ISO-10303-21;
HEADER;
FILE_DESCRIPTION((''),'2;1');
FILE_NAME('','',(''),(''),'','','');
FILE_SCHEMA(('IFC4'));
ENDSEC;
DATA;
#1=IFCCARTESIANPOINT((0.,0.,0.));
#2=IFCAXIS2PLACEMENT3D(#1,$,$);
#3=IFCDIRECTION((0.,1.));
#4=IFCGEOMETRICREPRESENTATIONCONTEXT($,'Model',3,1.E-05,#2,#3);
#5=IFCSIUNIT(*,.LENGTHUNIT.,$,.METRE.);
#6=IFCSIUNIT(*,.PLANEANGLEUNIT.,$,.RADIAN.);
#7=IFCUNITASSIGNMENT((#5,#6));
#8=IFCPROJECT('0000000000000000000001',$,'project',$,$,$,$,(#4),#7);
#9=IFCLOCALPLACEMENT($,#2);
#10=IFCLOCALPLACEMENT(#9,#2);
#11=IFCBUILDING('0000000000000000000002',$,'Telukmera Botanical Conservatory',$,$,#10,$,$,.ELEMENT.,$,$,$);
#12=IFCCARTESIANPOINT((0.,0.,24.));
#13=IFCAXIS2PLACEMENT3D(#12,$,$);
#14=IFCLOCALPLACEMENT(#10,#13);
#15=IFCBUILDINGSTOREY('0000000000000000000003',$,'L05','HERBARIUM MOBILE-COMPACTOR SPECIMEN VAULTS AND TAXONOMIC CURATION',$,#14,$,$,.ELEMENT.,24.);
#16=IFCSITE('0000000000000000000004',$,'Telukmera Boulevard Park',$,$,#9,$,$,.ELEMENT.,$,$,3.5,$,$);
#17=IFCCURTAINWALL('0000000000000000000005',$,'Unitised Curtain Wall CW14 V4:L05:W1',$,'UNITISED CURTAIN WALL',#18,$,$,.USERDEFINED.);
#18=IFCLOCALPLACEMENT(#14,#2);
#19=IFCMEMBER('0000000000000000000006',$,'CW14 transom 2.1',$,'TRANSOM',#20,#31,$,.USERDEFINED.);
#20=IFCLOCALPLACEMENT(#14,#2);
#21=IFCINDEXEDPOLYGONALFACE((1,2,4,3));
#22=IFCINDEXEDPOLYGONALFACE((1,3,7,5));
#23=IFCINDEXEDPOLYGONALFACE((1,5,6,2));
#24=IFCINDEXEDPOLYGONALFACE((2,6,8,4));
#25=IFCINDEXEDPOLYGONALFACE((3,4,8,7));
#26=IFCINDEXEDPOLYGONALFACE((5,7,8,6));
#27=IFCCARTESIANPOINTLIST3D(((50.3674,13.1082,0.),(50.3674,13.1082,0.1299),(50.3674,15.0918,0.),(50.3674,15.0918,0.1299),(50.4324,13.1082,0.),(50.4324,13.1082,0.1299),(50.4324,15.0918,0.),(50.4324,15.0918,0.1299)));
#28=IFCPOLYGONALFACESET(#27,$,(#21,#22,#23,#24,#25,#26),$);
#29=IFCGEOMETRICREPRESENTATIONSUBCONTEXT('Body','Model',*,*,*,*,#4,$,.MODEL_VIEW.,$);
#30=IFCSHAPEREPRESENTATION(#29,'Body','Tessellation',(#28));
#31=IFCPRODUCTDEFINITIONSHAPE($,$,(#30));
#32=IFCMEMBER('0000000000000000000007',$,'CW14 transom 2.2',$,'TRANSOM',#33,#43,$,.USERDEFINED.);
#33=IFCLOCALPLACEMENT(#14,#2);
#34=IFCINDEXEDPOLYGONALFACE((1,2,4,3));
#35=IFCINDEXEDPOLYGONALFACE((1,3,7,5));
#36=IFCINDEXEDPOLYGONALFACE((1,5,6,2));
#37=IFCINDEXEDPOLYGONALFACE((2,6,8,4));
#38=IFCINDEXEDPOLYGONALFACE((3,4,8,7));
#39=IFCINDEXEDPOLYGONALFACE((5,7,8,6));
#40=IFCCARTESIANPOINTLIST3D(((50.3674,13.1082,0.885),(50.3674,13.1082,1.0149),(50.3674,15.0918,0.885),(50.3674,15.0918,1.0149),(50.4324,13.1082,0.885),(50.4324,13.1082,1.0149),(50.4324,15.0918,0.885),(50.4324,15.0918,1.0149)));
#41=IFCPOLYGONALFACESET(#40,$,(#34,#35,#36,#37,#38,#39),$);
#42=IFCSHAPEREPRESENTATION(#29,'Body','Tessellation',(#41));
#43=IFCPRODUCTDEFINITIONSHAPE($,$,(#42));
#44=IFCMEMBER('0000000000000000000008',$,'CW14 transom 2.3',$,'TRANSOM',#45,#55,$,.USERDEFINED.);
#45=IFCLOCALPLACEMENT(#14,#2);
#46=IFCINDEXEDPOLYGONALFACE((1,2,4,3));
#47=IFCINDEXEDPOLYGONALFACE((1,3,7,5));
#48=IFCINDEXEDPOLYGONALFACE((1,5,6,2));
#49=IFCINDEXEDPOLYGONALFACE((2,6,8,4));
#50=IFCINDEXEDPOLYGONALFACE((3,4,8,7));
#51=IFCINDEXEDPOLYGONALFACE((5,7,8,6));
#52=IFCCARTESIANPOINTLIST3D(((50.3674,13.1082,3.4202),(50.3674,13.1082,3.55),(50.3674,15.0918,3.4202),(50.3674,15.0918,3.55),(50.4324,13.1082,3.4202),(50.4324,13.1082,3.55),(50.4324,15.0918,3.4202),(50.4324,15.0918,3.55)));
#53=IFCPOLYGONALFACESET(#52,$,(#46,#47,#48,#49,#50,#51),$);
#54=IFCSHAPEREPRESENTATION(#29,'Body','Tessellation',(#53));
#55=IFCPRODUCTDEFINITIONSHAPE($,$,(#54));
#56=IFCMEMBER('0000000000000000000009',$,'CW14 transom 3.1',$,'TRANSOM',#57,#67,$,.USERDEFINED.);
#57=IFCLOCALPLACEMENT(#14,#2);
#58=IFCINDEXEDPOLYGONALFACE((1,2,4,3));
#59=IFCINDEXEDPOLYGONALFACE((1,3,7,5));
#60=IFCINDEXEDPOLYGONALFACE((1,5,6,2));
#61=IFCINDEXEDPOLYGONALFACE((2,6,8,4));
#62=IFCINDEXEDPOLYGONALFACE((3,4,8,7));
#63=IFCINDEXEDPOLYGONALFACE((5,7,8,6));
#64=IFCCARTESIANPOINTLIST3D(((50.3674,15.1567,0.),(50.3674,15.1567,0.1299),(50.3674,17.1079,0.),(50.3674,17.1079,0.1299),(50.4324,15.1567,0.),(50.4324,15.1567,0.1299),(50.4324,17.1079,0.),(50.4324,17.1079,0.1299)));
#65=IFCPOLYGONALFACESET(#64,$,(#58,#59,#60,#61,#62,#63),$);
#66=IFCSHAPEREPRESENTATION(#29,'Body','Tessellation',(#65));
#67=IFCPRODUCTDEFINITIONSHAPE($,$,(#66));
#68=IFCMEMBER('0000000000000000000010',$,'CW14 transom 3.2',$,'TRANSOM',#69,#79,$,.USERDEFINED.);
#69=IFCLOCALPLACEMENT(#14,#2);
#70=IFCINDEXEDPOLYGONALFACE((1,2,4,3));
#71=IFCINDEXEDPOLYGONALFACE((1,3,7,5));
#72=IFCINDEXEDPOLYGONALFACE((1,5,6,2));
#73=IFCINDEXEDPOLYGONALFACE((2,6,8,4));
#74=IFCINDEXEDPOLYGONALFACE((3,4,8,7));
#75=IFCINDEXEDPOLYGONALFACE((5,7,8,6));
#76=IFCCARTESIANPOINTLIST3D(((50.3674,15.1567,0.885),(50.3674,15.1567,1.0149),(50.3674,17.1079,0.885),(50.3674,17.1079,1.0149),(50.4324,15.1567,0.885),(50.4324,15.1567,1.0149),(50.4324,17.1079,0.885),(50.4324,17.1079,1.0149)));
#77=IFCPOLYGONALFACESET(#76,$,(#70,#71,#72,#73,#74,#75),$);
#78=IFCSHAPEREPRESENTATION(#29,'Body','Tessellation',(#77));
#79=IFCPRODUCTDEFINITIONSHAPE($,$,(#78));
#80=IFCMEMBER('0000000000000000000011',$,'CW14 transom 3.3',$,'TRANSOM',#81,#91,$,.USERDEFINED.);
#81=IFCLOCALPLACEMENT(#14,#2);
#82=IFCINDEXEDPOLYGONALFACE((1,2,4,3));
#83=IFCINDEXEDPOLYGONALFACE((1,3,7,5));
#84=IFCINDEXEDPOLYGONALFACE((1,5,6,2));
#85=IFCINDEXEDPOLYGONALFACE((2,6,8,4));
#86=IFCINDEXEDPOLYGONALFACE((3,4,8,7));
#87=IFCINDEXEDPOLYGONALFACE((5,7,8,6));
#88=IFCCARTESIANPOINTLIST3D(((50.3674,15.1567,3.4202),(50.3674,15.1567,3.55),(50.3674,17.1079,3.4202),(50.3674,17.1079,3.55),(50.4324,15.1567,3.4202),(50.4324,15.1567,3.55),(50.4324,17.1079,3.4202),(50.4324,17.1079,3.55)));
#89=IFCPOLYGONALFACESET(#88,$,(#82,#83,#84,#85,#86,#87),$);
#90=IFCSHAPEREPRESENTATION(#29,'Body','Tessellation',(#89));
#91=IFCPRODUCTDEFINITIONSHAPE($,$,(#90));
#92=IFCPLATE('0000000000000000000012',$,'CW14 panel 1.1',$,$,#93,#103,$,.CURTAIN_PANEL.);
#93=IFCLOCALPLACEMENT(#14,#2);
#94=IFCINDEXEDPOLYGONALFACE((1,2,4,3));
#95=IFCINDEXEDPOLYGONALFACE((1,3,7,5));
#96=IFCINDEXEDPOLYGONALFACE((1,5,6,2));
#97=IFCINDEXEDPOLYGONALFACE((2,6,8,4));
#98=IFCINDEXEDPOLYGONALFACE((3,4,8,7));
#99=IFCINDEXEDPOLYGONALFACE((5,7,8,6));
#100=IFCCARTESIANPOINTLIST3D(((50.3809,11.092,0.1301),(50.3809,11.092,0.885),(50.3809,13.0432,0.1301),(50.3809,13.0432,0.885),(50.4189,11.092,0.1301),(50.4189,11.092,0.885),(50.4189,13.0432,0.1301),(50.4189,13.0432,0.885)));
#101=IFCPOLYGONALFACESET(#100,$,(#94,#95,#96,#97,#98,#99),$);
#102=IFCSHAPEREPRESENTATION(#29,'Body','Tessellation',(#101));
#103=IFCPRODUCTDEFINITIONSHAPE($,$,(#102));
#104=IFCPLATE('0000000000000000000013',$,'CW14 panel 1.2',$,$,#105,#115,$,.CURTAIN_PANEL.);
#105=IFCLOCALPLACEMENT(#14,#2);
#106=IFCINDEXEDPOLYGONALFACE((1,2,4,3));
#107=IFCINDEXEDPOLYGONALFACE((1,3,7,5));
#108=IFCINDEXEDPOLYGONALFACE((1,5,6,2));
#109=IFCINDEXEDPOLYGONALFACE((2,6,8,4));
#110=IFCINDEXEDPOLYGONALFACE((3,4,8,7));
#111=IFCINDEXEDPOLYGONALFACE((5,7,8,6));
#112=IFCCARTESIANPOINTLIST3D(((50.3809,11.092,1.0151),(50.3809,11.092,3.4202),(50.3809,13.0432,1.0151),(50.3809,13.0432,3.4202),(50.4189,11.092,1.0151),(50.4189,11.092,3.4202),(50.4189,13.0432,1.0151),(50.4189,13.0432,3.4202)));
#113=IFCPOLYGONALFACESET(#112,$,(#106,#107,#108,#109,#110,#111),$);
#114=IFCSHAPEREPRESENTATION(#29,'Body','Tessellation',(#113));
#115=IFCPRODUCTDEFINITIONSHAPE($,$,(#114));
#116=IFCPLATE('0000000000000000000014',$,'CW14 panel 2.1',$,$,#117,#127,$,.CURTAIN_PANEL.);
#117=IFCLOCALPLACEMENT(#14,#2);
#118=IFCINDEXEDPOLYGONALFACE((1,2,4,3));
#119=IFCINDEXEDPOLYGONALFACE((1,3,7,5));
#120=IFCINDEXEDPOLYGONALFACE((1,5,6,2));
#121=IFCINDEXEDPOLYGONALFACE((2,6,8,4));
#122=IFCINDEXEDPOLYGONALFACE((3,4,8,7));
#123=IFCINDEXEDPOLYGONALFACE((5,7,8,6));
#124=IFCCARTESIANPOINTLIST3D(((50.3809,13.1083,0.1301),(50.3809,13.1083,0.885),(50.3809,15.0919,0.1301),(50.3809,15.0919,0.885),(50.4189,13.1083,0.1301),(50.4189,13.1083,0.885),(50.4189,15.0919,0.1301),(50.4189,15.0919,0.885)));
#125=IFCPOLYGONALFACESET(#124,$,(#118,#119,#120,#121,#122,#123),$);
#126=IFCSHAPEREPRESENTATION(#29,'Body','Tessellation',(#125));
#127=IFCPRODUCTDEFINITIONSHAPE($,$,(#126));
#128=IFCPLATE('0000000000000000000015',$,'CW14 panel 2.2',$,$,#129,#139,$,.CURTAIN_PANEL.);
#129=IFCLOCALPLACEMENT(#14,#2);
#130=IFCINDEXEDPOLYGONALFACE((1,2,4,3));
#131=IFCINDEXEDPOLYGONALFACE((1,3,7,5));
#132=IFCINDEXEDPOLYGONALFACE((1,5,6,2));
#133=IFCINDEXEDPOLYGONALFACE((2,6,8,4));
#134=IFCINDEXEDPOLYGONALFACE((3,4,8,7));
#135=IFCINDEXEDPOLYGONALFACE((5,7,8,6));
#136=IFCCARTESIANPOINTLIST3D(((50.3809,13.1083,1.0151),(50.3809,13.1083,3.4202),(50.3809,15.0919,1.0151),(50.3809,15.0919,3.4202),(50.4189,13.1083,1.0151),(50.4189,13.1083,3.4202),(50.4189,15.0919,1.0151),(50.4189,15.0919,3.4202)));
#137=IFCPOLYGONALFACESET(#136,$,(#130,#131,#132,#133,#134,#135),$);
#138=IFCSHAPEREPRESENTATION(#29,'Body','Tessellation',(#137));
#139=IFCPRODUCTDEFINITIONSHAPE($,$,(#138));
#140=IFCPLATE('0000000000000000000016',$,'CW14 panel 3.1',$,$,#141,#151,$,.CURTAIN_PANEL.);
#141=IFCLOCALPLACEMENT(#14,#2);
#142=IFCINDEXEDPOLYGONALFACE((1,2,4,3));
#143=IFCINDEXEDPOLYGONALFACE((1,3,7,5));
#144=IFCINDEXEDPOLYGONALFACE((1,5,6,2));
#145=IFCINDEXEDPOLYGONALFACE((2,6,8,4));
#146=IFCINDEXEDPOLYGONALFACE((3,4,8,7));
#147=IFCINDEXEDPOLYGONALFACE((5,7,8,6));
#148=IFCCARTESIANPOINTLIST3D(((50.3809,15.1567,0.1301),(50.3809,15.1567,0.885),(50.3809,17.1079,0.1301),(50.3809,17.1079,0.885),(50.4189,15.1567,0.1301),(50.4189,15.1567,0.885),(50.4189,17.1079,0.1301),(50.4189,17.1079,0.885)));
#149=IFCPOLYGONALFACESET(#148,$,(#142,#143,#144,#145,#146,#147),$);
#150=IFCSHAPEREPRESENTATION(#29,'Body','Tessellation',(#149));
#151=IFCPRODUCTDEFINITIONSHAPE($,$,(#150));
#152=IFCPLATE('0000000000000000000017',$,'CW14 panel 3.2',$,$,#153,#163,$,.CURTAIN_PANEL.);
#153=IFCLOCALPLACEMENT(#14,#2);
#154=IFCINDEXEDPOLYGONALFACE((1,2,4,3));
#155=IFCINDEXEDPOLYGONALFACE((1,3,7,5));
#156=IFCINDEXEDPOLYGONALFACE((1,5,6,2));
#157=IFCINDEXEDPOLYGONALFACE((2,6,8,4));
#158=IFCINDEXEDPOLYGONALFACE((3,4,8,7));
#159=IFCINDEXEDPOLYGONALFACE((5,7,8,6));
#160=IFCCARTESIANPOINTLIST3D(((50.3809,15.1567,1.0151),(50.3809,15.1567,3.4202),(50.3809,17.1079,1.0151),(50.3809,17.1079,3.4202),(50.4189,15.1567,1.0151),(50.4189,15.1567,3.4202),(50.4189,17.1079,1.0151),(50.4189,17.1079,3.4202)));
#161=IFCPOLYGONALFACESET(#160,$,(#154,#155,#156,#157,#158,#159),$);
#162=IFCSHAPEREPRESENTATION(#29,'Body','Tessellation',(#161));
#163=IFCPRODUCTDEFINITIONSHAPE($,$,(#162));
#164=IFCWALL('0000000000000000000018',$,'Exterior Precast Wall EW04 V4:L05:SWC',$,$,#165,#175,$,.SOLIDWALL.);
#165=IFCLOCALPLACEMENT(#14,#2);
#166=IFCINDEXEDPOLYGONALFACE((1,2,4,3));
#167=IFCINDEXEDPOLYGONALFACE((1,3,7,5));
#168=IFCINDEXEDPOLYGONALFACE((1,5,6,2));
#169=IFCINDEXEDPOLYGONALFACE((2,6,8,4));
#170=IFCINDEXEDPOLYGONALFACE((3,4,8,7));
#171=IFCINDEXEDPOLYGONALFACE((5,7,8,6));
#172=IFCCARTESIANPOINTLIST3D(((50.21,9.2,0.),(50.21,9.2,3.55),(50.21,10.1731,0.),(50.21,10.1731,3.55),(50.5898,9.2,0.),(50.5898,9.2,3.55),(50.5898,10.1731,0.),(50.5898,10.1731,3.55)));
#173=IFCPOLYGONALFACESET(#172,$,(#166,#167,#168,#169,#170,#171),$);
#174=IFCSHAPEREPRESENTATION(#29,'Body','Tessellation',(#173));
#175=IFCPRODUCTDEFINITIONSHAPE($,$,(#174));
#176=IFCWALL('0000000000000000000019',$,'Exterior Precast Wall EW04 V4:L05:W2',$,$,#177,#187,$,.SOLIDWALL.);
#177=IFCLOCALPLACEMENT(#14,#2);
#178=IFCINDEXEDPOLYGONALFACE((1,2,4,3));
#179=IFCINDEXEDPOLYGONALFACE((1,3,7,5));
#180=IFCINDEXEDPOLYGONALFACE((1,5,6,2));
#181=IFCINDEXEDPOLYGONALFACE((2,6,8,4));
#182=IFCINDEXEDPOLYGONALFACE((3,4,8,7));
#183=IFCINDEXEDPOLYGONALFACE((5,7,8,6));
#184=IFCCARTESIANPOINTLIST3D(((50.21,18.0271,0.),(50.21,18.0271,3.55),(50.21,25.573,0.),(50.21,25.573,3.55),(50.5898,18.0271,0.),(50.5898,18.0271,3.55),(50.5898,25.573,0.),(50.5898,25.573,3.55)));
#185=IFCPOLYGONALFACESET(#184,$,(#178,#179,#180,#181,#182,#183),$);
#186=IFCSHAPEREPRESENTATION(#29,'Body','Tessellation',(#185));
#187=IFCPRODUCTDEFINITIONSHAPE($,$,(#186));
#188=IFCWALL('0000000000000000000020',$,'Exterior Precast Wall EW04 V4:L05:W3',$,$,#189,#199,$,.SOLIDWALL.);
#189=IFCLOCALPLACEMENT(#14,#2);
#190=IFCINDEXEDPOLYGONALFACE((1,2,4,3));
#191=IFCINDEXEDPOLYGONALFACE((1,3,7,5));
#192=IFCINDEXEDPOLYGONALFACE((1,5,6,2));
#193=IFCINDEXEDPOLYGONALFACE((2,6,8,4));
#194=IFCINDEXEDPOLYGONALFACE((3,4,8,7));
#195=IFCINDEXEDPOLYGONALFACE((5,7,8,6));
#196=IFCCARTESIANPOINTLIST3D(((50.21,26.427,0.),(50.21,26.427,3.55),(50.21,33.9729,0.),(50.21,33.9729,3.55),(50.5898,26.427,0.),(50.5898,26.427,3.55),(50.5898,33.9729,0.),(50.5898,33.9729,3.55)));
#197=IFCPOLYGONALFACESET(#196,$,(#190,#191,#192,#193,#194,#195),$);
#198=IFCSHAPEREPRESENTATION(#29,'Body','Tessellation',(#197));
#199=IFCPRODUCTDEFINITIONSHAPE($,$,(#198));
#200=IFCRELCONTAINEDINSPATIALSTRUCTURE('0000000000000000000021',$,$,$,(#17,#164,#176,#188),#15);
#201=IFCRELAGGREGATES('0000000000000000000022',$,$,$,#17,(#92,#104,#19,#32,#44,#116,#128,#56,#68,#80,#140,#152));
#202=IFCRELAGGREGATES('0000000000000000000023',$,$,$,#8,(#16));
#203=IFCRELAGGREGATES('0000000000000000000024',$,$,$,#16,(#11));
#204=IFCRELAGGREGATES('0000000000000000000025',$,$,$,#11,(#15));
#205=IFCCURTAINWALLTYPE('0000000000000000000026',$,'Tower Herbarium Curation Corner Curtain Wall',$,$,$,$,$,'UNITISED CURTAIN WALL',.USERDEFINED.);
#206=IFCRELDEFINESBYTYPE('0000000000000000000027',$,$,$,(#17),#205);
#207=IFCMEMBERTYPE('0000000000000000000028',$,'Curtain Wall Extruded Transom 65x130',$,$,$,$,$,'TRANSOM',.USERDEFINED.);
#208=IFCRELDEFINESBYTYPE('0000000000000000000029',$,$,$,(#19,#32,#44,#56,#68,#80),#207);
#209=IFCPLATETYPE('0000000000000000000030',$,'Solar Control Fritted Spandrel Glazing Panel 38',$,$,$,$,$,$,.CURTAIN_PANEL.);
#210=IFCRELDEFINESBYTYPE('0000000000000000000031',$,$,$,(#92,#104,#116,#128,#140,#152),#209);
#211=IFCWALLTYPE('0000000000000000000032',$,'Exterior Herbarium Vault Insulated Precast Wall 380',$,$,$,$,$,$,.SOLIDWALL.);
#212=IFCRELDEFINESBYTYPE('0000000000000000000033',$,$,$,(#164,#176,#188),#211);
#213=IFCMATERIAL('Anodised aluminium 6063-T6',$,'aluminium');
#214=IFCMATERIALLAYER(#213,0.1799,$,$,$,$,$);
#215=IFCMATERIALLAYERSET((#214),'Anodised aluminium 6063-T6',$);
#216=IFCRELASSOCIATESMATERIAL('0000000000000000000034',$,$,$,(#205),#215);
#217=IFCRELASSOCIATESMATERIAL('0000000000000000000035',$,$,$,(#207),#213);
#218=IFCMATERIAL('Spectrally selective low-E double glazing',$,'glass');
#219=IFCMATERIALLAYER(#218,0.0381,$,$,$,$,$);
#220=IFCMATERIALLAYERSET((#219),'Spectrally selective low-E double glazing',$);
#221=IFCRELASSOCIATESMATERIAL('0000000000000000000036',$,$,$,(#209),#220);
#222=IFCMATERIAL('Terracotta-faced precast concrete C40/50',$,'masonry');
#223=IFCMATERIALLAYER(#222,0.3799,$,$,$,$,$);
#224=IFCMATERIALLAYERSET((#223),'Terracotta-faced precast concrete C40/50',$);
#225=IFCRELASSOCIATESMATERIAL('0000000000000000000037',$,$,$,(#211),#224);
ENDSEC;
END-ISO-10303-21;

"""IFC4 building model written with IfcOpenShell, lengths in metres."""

from ifc_helpers import new_model, si_unit, direction, frame, frame_2d, origin, origin_2d, place, context, subcontext, project, spatial, rectangle, extrude, material, layer, layer_set, material_profile, profile_set, type_object, element, aggregate, save


model = new_model("IFC4")

# Units and contexts
model_context = context("Model", 3, precision=1e-05, world=origin(), true_north=direction((0.0, 1.0)))
body_context = subcontext(model_context, "Body", "Model", "MODEL_VIEW")
ifc_project = project(units=[si_unit("LENGTHUNIT", "METRE"), si_unit("PLANEANGLEUNIT", "RADIAN")], contexts=[model_context])

# Site, building, storey
site_placement = place(None, origin())
site = spatial("IfcSite", under=ifc_project, at=site_placement, Name="Telukmera Boulevard Park", CompositionType="ELEMENT", RefElevation=3.5)
building_placement = place(site_placement, origin())
building = spatial("IfcBuilding", under=site, at=building_placement, Name="Telukmera Botanical Conservatory", CompositionType="ELEMENT")
storey_placement = place(building_placement, frame((0.0, 0.0, 24.0)))
storey = spatial("IfcBuildingStorey", under=building, at=storey_placement, Name="L05", Description="HERBARIUM MOBILE-COMPACTOR SPECIMEN VAULTS AND TAXONOMIC CURATION", CompositionType="ELEMENT", Elevation=24.0)

# Curtain wall, members, plates
ifc_material_1 = material(Name="Anodised aluminium 6063-T6", Category="aluminium")
ifc_layer_1 = layer(ifc_material_1, 0.1799)
ifc_layer_set_1 = layer_set([ifc_layer_1], Name="Anodised aluminium 6063-T6")
curtain_wall_type = type_object("IfcCurtainWallType", Name="Tower Herbarium Curation Corner Curtain Wall", ElementType="UNITISED CURTAIN WALL", PredefinedType="USERDEFINED", material=ifc_layer_set_1)
curtain_wall_placement = place(storey_placement, origin())
curtain_wall = element("IfcCurtainWall", 1, at=curtain_wall_placement, inside=storey, type_object=curtain_wall_type, Name="Unitised Curtain Wall CW14 V4:L05:W1", ObjectType="UNITISED CURTAIN WALL", PredefinedType="USERDEFINED")
ifc_material_profile_1 = material_profile(ifc_material_1, rectangle(XDim=0.0649, YDim=0.1299, at=origin_2d()), Name="ALU TRAN 65x130")
ifc_profile_set_1 = profile_set([ifc_material_profile_1], Name="Anodised aluminium 6063-T6")
member_type_1 = type_object("IfcMemberType", Name="Curtain Wall Extruded Transom 65x130", ElementType="TRANSOM", PredefinedType="USERDEFINED", material=ifc_profile_set_1)
member_1_placement = place(storey_placement, frame((50.3999, 13.1082, 0.0649), z_axis=(0.0, 1.0, 0.0), x_axis=(-1.0, 0.0, 0.0)))
member_1 = element("IfcMember", 2, at=member_1_placement, type_object=member_type_1, Name="CW14 transom 2.1", ObjectType="TRANSOM", PredefinedType="USERDEFINED", context=body_context, shape_type="SweptSolid", body=[
    extrude(rectangle(XDim=0.0649, YDim=0.1299, at=origin_2d()), origin(), (0.0, 0.0, 1.0), 1.9836),
])
member_2_placement = place(storey_placement, frame((50.3999, 13.1082, 0.95), z_axis=(0.0, 1.0, 0.0), x_axis=(-1.0, 0.0, 0.0)))
member_2 = element("IfcMember", 3, at=member_2_placement, type_object=member_type_1, Name="CW14 transom 2.2", ObjectType="TRANSOM", PredefinedType="USERDEFINED", context=body_context, shape_type="SweptSolid", body=[
    extrude(rectangle(XDim=0.0649, YDim=0.1299, at=origin_2d()), origin(), (0.0, 0.0, 1.0), 1.9836),
])
member_3_placement = place(storey_placement, frame((50.3999, 13.1082, 3.4851), z_axis=(0.0, 1.0, 0.0), x_axis=(-1.0, 0.0, 0.0)))
member_3 = element("IfcMember", 4, at=member_3_placement, type_object=member_type_1, Name="CW14 transom 2.3", ObjectType="TRANSOM", PredefinedType="USERDEFINED", context=body_context, shape_type="SweptSolid", body=[
    extrude(rectangle(XDim=0.0649, YDim=0.1299, at=origin_2d()), origin(), (0.0, 0.0, 1.0), 1.9836),
])
member_4_placement = place(storey_placement, frame((50.3999, 15.1567, 0.0649), z_axis=(0.0, 1.0, 0.0), x_axis=(-1.0, 0.0, 0.0)))
member_4 = element("IfcMember", 5, at=member_4_placement, type_object=member_type_1, Name="CW14 transom 3.1", ObjectType="TRANSOM", PredefinedType="USERDEFINED", context=body_context, shape_type="SweptSolid", body=[
    extrude(rectangle(XDim=0.0649, YDim=0.1299, at=origin_2d()), origin(), (0.0, 0.0, 1.0), 1.9512),
])
member_5_placement = place(storey_placement, frame((50.3999, 15.1567, 0.95), z_axis=(0.0, 1.0, 0.0), x_axis=(-1.0, 0.0, 0.0)))
member_5 = element("IfcMember", 6, at=member_5_placement, type_object=member_type_1, Name="CW14 transom 3.2", ObjectType="TRANSOM", PredefinedType="USERDEFINED", context=body_context, shape_type="SweptSolid", body=[
    extrude(rectangle(XDim=0.0649, YDim=0.1299, at=origin_2d()), origin(), (0.0, 0.0, 1.0), 1.9512),
])
member_6_placement = place(storey_placement, frame((50.3999, 15.1567, 3.4851), z_axis=(0.0, 1.0, 0.0), x_axis=(-1.0, 0.0, 0.0)))
member_6 = element("IfcMember", 7, at=member_6_placement, type_object=member_type_1, Name="CW14 transom 3.3", ObjectType="TRANSOM", PredefinedType="USERDEFINED", context=body_context, shape_type="SweptSolid", body=[
    extrude(rectangle(XDim=0.0649, YDim=0.1299, at=origin_2d()), origin(), (0.0, 0.0, 1.0), 1.9512),
])
ifc_material_2 = material(Name="Spectrally selective low-E double glazing", Category="glass")
ifc_layer_2 = layer(ifc_material_2, 0.0381)
ifc_layer_set_2 = layer_set([ifc_layer_2], Name="Spectrally selective low-E double glazing")
plate_type = type_object("IfcPlateType", Name="Solar Control Fritted Spandrel Glazing Panel 38", PredefinedType="CURTAIN_PANEL", material=ifc_layer_set_2)
plate_1_placement = place(storey_placement, frame((50.3999, 12.0676, 0.1301), z_axis=(0.0, 0.0, 1.0), x_axis=(0.0, 1.0, 0.0)))
plate_1 = element("IfcPlate", 8, at=plate_1_placement, type_object=plate_type, Name="CW14 panel 1.1", PredefinedType="CURTAIN_PANEL", context=body_context, shape_type="SweptSolid", body=[
    extrude(rectangle(XDim=1.9512, YDim=0.0381, at=origin_2d()), origin(), (0.0, 0.0, 1.0), 0.7549),
])
plate_2_placement = place(storey_placement, frame((50.3999, 12.0676, 1.0151), z_axis=(0.0, 0.0, 1.0), x_axis=(0.0, 1.0, 0.0)))
plate_2 = element("IfcPlate", 9, at=plate_2_placement, type_object=plate_type, Name="CW14 panel 1.2", PredefinedType="CURTAIN_PANEL", context=body_context, shape_type="SweptSolid", body=[
    extrude(rectangle(XDim=1.9512, YDim=0.0381, at=origin_2d()), origin(), (0.0, 0.0, 1.0), 2.405),
])
plate_3_placement = place(storey_placement, frame((50.3999, 14.1001, 0.1301), z_axis=(0.0, 0.0, 1.0), x_axis=(0.0, 1.0, 0.0)))
plate_3 = element("IfcPlate", 10, at=plate_3_placement, type_object=plate_type, Name="CW14 panel 2.1", PredefinedType="CURTAIN_PANEL", context=body_context, shape_type="SweptSolid", body=[
    extrude(rectangle(XDim=1.9836, YDim=0.0381, at=origin_2d()), origin(), (0.0, 0.0, 1.0), 0.7549),
])
plate_4_placement = place(storey_placement, frame((50.3999, 14.1001, 1.0151), z_axis=(0.0, 0.0, 1.0), x_axis=(0.0, 1.0, 0.0)))
plate_4 = element("IfcPlate", 11, at=plate_4_placement, type_object=plate_type, Name="CW14 panel 2.2", PredefinedType="CURTAIN_PANEL", context=body_context, shape_type="SweptSolid", body=[
    extrude(rectangle(XDim=1.9836, YDim=0.0381, at=origin_2d()), origin(), (0.0, 0.0, 1.0), 2.405),
])
plate_5_placement = place(storey_placement, frame((50.3999, 16.1323, 0.1301), z_axis=(0.0, 0.0, 1.0), x_axis=(0.0, 1.0, 0.0)))
plate_5 = element("IfcPlate", 12, at=plate_5_placement, type_object=plate_type, Name="CW14 panel 3.1", PredefinedType="CURTAIN_PANEL", context=body_context, shape_type="SweptSolid", body=[
    extrude(rectangle(XDim=1.9512, YDim=0.0381, at=origin_2d()), origin(), (0.0, 0.0, 1.0), 0.7549),
])
plate_6_placement = place(storey_placement, frame((50.3999, 16.1323, 1.0151), z_axis=(0.0, 0.0, 1.0), x_axis=(0.0, 1.0, 0.0)))
plate_6 = element("IfcPlate", 13, at=plate_6_placement, type_object=plate_type, Name="CW14 panel 3.2", PredefinedType="CURTAIN_PANEL", context=body_context, shape_type="SweptSolid", body=[
    extrude(rectangle(XDim=1.9512, YDim=0.0381, at=origin_2d()), origin(), (0.0, 0.0, 1.0), 2.405),
])
aggregate(curtain_wall, [plate_1, plate_2, member_1, member_2, member_3, plate_3, plate_4, member_4, member_5, member_6, plate_5, plate_6])

# Walls
ifc_material_3 = material(Name="Terracotta-faced precast concrete C40/50", Category="masonry")
ifc_layer_3 = layer(ifc_material_3, 0.3799)
ifc_layer_set_3 = layer_set([ifc_layer_3], Name="Terracotta-faced precast concrete C40/50")
wall_type = type_object("IfcWallType", Name="Exterior Herbarium Vault Insulated Precast Wall 380", PredefinedType="SOLIDWALL", material=ifc_layer_set_3)
wall_placement = place(storey_placement, frame((50.3999, 9.2, 0.0), z_axis=(0.0, 0.0, 1.0), x_axis=(0.0, 1.0, 0.0)))
element("IfcWall", 14, at=wall_placement, inside=storey, type_object=wall_type, Name="Exterior Precast Wall EW04 V4:L05:SWC", PredefinedType="SOLIDWALL", context=body_context, shape_type="SweptSolid", body=[
    extrude(rectangle(XDim=0.9731, YDim=0.3799, at=frame_2d((0.4866, 0.0))), origin(), (0.0, 0.0, 1.0), 3.55),
])
for number, where, z_axis, x_axis, name in (
    (15, (50.3999, 18.0271, 0.0), (0.0, 0.0, 1.0), (0.0, 1.0, 0.0), "Exterior Precast Wall EW04 V4:L05:W2"),
    (16, (50.3999, 26.427, 0.0), (0.0, 0.0, 1.0), (0.0, 1.0, 0.0), "Exterior Precast Wall EW04 V4:L05:W3"),
):
    element("IfcWall", number, at=place(storey_placement, frame(where, z_axis=z_axis, x_axis=x_axis)), inside=storey, type_object=wall_type, Name=name, PredefinedType="SOLIDWALL", context=body_context, shape_type="SweptSolid", body=[
        extrude(rectangle(XDim=7.5459, YDim=0.3799, at=frame_2d((3.7729, 0.0))), origin(), (0.0, 0.0, 1.0), 3.55),
    ])

save(model, "model.ifc")
